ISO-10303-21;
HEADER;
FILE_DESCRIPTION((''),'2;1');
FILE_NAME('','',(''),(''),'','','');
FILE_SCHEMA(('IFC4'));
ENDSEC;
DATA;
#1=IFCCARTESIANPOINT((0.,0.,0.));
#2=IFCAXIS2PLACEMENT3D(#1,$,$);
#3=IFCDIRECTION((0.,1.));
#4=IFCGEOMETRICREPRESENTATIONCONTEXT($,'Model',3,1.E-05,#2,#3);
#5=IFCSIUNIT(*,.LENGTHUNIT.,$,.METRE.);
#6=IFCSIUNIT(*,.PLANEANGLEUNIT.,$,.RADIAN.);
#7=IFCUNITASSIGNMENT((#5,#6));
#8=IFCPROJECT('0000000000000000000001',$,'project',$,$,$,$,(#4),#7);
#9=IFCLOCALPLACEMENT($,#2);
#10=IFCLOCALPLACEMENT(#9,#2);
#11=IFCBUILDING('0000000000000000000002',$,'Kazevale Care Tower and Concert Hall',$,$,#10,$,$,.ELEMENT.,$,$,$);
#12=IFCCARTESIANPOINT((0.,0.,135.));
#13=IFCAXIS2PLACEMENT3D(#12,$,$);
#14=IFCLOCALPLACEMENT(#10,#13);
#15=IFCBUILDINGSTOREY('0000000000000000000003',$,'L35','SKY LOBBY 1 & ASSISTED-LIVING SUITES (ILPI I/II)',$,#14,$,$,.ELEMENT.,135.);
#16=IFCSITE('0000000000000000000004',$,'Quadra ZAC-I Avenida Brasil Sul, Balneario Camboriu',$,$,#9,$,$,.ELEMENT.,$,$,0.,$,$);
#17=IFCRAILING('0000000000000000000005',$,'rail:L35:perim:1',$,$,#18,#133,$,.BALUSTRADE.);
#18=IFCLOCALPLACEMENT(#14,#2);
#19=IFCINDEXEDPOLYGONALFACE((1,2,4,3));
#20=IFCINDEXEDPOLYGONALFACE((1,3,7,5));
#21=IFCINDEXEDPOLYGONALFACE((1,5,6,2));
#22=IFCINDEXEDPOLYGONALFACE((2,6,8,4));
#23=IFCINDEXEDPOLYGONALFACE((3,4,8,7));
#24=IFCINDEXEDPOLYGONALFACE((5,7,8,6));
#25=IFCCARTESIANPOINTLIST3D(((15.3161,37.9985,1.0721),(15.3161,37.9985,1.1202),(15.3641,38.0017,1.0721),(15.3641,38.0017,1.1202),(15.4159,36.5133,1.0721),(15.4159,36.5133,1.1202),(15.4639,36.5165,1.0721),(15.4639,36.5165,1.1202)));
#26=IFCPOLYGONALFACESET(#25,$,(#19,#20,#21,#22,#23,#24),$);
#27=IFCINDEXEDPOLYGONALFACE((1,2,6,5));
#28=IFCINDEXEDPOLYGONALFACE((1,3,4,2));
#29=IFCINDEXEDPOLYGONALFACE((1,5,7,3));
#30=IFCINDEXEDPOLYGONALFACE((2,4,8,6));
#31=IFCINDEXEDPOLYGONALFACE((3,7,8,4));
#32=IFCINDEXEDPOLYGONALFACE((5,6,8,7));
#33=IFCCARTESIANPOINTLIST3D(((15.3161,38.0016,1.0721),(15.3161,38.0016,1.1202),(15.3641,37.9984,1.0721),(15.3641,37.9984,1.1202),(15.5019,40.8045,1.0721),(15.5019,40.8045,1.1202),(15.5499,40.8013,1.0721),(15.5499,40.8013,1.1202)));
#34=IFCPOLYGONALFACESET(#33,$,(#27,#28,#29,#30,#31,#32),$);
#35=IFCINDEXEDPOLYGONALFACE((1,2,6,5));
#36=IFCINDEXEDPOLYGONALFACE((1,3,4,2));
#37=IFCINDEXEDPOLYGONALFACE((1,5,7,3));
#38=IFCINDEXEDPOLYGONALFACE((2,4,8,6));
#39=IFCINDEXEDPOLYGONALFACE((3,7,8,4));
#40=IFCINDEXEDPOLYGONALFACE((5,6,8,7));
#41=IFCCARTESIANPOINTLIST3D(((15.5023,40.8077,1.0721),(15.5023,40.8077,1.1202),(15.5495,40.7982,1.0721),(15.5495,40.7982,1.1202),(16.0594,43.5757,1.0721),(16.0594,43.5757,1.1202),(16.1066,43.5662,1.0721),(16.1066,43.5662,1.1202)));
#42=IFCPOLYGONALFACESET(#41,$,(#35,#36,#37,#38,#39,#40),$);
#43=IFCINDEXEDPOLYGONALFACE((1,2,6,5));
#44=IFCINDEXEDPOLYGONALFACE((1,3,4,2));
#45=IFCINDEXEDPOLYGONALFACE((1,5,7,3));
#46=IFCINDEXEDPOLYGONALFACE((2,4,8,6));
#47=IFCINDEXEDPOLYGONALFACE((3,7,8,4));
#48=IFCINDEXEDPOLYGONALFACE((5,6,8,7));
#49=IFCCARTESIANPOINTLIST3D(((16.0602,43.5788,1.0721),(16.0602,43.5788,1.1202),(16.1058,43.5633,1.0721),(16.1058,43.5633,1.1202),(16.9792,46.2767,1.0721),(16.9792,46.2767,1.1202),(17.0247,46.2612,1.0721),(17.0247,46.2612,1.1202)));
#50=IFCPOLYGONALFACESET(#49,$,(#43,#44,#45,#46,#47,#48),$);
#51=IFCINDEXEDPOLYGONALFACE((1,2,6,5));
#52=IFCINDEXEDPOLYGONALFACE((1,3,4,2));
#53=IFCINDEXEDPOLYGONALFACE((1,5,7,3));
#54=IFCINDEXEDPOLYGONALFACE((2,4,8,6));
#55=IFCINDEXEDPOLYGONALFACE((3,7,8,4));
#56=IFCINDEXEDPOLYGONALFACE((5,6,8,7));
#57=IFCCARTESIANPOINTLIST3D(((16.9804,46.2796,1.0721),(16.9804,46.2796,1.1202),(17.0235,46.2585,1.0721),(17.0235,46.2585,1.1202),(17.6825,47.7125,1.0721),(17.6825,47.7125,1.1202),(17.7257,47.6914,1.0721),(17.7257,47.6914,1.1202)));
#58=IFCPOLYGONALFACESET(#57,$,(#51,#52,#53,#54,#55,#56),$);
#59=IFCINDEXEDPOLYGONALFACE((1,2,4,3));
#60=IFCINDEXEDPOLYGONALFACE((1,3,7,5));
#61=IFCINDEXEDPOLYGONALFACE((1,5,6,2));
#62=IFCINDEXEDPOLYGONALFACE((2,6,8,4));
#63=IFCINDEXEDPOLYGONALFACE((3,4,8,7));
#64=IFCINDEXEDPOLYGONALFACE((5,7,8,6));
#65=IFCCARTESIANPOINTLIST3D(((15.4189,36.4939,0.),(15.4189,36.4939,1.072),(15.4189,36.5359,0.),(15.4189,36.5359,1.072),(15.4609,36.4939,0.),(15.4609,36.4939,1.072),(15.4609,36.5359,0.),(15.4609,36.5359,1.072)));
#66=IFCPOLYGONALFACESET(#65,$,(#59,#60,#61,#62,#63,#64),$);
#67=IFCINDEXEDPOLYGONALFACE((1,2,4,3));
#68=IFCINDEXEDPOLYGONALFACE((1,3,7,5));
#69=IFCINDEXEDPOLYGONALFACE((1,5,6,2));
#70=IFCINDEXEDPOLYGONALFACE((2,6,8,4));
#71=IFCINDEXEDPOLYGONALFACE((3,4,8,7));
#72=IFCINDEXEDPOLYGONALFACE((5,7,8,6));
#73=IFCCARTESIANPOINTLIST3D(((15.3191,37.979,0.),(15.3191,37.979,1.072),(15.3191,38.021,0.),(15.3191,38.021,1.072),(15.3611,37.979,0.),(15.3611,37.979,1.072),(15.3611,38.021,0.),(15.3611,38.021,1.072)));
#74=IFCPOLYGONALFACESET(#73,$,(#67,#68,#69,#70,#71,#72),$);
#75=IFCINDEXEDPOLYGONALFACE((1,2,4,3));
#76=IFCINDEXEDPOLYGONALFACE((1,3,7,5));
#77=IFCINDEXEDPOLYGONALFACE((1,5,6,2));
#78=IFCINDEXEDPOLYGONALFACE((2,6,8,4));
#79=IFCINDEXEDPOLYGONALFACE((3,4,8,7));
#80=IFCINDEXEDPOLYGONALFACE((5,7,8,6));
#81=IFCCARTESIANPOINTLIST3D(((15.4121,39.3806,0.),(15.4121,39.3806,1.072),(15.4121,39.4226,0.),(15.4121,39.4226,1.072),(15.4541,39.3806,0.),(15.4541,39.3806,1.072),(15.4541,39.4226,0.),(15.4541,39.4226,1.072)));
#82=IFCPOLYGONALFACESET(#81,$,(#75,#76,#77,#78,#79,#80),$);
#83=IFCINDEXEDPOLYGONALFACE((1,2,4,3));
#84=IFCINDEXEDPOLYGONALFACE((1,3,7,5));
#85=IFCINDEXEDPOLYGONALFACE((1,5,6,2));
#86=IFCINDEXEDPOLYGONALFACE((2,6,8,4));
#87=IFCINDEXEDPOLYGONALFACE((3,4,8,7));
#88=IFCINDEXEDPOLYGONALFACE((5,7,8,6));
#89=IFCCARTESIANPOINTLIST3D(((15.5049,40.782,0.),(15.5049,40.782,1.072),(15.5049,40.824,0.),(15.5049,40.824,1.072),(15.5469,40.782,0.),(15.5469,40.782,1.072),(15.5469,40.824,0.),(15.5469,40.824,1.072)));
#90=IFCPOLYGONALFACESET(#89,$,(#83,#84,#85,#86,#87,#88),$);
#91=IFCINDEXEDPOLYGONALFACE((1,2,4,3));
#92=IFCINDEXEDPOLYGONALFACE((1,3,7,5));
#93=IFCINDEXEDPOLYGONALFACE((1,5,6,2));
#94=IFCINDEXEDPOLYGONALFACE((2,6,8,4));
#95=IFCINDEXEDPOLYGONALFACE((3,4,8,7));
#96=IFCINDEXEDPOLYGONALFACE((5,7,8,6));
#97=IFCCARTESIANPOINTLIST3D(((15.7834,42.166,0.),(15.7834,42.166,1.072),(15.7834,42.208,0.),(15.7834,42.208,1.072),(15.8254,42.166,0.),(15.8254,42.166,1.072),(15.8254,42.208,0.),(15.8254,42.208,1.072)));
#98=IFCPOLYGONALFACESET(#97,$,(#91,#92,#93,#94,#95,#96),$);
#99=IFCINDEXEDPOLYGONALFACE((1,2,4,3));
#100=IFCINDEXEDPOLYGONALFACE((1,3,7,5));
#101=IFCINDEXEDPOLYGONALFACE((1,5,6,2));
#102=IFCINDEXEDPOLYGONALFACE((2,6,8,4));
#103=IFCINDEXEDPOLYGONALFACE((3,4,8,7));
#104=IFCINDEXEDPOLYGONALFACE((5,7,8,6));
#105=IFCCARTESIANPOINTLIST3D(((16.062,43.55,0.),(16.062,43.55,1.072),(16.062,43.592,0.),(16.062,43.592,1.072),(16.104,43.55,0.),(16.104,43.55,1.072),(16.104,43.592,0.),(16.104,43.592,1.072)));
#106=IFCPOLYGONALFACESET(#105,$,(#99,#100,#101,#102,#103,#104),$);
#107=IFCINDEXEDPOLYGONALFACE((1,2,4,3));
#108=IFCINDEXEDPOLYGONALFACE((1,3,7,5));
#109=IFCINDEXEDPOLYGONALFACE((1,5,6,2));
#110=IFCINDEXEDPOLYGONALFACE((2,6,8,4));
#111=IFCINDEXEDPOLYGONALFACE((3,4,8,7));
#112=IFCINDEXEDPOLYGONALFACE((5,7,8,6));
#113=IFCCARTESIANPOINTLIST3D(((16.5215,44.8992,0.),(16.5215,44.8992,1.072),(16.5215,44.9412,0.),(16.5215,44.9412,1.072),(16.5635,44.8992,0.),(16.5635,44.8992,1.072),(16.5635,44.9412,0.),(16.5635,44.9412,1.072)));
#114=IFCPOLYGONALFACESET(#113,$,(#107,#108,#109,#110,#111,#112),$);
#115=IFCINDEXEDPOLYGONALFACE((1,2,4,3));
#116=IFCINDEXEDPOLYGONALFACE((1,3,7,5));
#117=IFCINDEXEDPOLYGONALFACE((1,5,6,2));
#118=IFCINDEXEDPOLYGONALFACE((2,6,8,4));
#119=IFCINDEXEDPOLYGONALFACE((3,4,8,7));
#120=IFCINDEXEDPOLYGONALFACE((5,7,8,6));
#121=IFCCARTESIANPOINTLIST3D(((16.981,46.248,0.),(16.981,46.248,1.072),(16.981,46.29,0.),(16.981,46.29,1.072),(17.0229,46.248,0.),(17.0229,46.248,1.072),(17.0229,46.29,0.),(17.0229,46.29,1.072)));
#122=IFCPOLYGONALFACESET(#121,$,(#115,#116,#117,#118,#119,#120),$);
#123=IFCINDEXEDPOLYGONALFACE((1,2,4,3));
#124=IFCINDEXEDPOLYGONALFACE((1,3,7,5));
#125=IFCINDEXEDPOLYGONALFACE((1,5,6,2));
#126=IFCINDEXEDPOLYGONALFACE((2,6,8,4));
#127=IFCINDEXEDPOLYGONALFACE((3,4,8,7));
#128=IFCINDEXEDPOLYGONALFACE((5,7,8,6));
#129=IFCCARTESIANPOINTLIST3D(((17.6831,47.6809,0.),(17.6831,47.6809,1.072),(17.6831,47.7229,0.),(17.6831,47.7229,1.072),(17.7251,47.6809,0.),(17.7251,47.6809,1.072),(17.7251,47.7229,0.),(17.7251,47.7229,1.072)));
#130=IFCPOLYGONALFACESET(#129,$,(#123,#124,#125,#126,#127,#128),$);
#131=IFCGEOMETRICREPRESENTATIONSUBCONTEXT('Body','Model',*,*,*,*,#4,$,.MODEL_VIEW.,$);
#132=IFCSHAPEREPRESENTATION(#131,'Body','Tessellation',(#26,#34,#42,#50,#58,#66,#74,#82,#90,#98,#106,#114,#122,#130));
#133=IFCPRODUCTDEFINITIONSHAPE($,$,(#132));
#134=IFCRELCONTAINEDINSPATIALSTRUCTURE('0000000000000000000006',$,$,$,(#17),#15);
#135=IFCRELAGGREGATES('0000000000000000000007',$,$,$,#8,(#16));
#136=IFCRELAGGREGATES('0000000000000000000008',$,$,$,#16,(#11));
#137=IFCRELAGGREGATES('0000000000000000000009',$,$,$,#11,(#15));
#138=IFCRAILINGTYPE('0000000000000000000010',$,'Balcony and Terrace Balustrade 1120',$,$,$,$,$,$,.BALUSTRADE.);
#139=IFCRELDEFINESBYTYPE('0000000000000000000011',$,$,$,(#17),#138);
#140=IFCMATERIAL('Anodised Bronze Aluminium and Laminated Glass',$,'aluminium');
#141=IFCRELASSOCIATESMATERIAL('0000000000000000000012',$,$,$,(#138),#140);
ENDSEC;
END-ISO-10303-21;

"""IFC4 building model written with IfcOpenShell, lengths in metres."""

from ifc_helpers import new_model, si_unit, direction, frame, origin, origin_2d, place, context, subcontext, project, spatial, rectangle, extrude, material, type_object, element, save


model = new_model("IFC4")

# Units and contexts
model_context = context("Model", 3, precision=1e-05, world=origin(), true_north=direction((0.0, 1.0)))
body_context = subcontext(model_context, "Body", "Model", "MODEL_VIEW")
ifc_project = project(units=[si_unit("LENGTHUNIT", "METRE"), si_unit("PLANEANGLEUNIT", "RADIAN")], contexts=[model_context])

# Site, building, storey
site_placement = place(None, origin())
site = spatial("IfcSite", under=ifc_project, at=site_placement, Name="Quadra ZAC-I Avenida Brasil Sul, Balneario Camboriu", CompositionType="ELEMENT", RefElevation=0.0)
building_placement = place(site_placement, origin())
building = spatial("IfcBuilding", under=site, at=building_placement, Name="Kazevale Care Tower and Concert Hall", CompositionType="ELEMENT")
storey_placement = place(building_placement, frame((0.0, 0.0, 135.0)))
storey = spatial("IfcBuildingStorey", under=building, at=storey_placement, Name="L35", Description="SKY LOBBY 1 & ASSISTED-LIVING SUITES (ILPI I/II)", CompositionType="ELEMENT", Elevation=135.0)

# Railing
ifc_material_1 = material(Name="Anodised Bronze Aluminium and Laminated Glass", Category="aluminium")
railing_type = type_object("IfcRailingType", Name="Balcony and Terrace Balustrade 1120", PredefinedType="BALUSTRADE", material=ifc_material_1)
railing_placement = place(storey_placement, frame((15.4399, 36.5149, 0.0)))
element("IfcRailing", 1, at=railing_placement, inside=storey, type_object=railing_type, Name="rail:L35:perim:1", PredefinedType="BALUSTRADE", context=body_context, shape_type="SweptSolid", body=[
    extrude(rectangle(XDim=0.0481, YDim=0.0481, at=origin_2d()), frame((0.0, 0.0, 1.0962), z_axis=(-0.067085, 0.997747, 0.0), x_axis=(-0.997747, -0.067085, 0.0)), (0.0, 0.0, 1.0), 1.4885),
    extrude(rectangle(XDim=0.0481, YDim=0.0481, at=origin_2d()), frame((-0.0999, 1.4851, 1.0962), z_axis=(0.066138, 0.99781, 0.0), x_axis=(-0.99781, 0.066138, 0.0)), (0.0, 0.0, 1.0), 2.8091),
    extrude(rectangle(XDim=0.0481, YDim=0.0481, at=origin_2d()), frame((0.0859, 4.2881, 1.0962), z_axis=(0.197313, 0.980341, 0.0), x_axis=(-0.980341, 0.197313, 0.0)), (0.0, 0.0, 1.0), 2.8235),
    extrude(rectangle(XDim=0.0481, YDim=0.0481, at=origin_2d()), frame((0.6431, 7.0562, 1.0962), z_axis=(0.322414, 0.946599, 0.0), x_axis=(-0.946599, 0.322414, 0.0)), (0.0, 0.0, 1.0), 2.8501),
    extrude(rectangle(XDim=0.0481, YDim=0.0481, at=origin_2d()), frame((1.562, 9.7542, 1.0962), z_axis=(0.440039, 0.897979, 0.0), x_axis=(-0.897979, 0.440039, 0.0)), (0.0, 0.0, 1.0), 1.5957),
    extrude(rectangle(XDim=0.042, YDim=0.042, at=origin_2d()), origin(), (0.0, 0.0, 1.0), 1.072),
    extrude(rectangle(XDim=0.042, YDim=0.042, at=origin_2d()), frame((-0.0999, 1.4851, 0.0)), (0.0, 0.0, 1.0), 1.072),
    extrude(rectangle(XDim=0.042, YDim=0.042, at=origin_2d()), frame((-0.0068, 2.8867, 0.0)), (0.0, 0.0, 1.0), 1.072),
    extrude(rectangle(XDim=0.042, YDim=0.042, at=origin_2d()), frame((0.0859, 4.2881, 0.0)), (0.0, 0.0, 1.0), 1.072),
    extrude(rectangle(XDim=0.042, YDim=0.042, at=origin_2d()), frame((0.3645, 5.6721, 0.0)), (0.0, 0.0, 1.0), 1.072),
    extrude(rectangle(XDim=0.042, YDim=0.042, at=origin_2d()), frame((0.6431, 7.0562, 0.0)), (0.0, 0.0, 1.0), 1.072),
    extrude(rectangle(XDim=0.042, YDim=0.042, at=origin_2d()), frame((1.1025, 8.4053, 0.0)), (0.0, 0.0, 1.0), 1.072),
    extrude(rectangle(XDim=0.042, YDim=0.042, at=origin_2d()), frame((1.562, 9.7542, 0.0)), (0.0, 0.0, 1.0), 1.072),
    extrude(rectangle(XDim=0.042, YDim=0.042, at=origin_2d()), frame((2.2642, 11.187, 0.0)), (0.0, 0.0, 1.0), 1.072),
])

save(model, "model.ifc")
